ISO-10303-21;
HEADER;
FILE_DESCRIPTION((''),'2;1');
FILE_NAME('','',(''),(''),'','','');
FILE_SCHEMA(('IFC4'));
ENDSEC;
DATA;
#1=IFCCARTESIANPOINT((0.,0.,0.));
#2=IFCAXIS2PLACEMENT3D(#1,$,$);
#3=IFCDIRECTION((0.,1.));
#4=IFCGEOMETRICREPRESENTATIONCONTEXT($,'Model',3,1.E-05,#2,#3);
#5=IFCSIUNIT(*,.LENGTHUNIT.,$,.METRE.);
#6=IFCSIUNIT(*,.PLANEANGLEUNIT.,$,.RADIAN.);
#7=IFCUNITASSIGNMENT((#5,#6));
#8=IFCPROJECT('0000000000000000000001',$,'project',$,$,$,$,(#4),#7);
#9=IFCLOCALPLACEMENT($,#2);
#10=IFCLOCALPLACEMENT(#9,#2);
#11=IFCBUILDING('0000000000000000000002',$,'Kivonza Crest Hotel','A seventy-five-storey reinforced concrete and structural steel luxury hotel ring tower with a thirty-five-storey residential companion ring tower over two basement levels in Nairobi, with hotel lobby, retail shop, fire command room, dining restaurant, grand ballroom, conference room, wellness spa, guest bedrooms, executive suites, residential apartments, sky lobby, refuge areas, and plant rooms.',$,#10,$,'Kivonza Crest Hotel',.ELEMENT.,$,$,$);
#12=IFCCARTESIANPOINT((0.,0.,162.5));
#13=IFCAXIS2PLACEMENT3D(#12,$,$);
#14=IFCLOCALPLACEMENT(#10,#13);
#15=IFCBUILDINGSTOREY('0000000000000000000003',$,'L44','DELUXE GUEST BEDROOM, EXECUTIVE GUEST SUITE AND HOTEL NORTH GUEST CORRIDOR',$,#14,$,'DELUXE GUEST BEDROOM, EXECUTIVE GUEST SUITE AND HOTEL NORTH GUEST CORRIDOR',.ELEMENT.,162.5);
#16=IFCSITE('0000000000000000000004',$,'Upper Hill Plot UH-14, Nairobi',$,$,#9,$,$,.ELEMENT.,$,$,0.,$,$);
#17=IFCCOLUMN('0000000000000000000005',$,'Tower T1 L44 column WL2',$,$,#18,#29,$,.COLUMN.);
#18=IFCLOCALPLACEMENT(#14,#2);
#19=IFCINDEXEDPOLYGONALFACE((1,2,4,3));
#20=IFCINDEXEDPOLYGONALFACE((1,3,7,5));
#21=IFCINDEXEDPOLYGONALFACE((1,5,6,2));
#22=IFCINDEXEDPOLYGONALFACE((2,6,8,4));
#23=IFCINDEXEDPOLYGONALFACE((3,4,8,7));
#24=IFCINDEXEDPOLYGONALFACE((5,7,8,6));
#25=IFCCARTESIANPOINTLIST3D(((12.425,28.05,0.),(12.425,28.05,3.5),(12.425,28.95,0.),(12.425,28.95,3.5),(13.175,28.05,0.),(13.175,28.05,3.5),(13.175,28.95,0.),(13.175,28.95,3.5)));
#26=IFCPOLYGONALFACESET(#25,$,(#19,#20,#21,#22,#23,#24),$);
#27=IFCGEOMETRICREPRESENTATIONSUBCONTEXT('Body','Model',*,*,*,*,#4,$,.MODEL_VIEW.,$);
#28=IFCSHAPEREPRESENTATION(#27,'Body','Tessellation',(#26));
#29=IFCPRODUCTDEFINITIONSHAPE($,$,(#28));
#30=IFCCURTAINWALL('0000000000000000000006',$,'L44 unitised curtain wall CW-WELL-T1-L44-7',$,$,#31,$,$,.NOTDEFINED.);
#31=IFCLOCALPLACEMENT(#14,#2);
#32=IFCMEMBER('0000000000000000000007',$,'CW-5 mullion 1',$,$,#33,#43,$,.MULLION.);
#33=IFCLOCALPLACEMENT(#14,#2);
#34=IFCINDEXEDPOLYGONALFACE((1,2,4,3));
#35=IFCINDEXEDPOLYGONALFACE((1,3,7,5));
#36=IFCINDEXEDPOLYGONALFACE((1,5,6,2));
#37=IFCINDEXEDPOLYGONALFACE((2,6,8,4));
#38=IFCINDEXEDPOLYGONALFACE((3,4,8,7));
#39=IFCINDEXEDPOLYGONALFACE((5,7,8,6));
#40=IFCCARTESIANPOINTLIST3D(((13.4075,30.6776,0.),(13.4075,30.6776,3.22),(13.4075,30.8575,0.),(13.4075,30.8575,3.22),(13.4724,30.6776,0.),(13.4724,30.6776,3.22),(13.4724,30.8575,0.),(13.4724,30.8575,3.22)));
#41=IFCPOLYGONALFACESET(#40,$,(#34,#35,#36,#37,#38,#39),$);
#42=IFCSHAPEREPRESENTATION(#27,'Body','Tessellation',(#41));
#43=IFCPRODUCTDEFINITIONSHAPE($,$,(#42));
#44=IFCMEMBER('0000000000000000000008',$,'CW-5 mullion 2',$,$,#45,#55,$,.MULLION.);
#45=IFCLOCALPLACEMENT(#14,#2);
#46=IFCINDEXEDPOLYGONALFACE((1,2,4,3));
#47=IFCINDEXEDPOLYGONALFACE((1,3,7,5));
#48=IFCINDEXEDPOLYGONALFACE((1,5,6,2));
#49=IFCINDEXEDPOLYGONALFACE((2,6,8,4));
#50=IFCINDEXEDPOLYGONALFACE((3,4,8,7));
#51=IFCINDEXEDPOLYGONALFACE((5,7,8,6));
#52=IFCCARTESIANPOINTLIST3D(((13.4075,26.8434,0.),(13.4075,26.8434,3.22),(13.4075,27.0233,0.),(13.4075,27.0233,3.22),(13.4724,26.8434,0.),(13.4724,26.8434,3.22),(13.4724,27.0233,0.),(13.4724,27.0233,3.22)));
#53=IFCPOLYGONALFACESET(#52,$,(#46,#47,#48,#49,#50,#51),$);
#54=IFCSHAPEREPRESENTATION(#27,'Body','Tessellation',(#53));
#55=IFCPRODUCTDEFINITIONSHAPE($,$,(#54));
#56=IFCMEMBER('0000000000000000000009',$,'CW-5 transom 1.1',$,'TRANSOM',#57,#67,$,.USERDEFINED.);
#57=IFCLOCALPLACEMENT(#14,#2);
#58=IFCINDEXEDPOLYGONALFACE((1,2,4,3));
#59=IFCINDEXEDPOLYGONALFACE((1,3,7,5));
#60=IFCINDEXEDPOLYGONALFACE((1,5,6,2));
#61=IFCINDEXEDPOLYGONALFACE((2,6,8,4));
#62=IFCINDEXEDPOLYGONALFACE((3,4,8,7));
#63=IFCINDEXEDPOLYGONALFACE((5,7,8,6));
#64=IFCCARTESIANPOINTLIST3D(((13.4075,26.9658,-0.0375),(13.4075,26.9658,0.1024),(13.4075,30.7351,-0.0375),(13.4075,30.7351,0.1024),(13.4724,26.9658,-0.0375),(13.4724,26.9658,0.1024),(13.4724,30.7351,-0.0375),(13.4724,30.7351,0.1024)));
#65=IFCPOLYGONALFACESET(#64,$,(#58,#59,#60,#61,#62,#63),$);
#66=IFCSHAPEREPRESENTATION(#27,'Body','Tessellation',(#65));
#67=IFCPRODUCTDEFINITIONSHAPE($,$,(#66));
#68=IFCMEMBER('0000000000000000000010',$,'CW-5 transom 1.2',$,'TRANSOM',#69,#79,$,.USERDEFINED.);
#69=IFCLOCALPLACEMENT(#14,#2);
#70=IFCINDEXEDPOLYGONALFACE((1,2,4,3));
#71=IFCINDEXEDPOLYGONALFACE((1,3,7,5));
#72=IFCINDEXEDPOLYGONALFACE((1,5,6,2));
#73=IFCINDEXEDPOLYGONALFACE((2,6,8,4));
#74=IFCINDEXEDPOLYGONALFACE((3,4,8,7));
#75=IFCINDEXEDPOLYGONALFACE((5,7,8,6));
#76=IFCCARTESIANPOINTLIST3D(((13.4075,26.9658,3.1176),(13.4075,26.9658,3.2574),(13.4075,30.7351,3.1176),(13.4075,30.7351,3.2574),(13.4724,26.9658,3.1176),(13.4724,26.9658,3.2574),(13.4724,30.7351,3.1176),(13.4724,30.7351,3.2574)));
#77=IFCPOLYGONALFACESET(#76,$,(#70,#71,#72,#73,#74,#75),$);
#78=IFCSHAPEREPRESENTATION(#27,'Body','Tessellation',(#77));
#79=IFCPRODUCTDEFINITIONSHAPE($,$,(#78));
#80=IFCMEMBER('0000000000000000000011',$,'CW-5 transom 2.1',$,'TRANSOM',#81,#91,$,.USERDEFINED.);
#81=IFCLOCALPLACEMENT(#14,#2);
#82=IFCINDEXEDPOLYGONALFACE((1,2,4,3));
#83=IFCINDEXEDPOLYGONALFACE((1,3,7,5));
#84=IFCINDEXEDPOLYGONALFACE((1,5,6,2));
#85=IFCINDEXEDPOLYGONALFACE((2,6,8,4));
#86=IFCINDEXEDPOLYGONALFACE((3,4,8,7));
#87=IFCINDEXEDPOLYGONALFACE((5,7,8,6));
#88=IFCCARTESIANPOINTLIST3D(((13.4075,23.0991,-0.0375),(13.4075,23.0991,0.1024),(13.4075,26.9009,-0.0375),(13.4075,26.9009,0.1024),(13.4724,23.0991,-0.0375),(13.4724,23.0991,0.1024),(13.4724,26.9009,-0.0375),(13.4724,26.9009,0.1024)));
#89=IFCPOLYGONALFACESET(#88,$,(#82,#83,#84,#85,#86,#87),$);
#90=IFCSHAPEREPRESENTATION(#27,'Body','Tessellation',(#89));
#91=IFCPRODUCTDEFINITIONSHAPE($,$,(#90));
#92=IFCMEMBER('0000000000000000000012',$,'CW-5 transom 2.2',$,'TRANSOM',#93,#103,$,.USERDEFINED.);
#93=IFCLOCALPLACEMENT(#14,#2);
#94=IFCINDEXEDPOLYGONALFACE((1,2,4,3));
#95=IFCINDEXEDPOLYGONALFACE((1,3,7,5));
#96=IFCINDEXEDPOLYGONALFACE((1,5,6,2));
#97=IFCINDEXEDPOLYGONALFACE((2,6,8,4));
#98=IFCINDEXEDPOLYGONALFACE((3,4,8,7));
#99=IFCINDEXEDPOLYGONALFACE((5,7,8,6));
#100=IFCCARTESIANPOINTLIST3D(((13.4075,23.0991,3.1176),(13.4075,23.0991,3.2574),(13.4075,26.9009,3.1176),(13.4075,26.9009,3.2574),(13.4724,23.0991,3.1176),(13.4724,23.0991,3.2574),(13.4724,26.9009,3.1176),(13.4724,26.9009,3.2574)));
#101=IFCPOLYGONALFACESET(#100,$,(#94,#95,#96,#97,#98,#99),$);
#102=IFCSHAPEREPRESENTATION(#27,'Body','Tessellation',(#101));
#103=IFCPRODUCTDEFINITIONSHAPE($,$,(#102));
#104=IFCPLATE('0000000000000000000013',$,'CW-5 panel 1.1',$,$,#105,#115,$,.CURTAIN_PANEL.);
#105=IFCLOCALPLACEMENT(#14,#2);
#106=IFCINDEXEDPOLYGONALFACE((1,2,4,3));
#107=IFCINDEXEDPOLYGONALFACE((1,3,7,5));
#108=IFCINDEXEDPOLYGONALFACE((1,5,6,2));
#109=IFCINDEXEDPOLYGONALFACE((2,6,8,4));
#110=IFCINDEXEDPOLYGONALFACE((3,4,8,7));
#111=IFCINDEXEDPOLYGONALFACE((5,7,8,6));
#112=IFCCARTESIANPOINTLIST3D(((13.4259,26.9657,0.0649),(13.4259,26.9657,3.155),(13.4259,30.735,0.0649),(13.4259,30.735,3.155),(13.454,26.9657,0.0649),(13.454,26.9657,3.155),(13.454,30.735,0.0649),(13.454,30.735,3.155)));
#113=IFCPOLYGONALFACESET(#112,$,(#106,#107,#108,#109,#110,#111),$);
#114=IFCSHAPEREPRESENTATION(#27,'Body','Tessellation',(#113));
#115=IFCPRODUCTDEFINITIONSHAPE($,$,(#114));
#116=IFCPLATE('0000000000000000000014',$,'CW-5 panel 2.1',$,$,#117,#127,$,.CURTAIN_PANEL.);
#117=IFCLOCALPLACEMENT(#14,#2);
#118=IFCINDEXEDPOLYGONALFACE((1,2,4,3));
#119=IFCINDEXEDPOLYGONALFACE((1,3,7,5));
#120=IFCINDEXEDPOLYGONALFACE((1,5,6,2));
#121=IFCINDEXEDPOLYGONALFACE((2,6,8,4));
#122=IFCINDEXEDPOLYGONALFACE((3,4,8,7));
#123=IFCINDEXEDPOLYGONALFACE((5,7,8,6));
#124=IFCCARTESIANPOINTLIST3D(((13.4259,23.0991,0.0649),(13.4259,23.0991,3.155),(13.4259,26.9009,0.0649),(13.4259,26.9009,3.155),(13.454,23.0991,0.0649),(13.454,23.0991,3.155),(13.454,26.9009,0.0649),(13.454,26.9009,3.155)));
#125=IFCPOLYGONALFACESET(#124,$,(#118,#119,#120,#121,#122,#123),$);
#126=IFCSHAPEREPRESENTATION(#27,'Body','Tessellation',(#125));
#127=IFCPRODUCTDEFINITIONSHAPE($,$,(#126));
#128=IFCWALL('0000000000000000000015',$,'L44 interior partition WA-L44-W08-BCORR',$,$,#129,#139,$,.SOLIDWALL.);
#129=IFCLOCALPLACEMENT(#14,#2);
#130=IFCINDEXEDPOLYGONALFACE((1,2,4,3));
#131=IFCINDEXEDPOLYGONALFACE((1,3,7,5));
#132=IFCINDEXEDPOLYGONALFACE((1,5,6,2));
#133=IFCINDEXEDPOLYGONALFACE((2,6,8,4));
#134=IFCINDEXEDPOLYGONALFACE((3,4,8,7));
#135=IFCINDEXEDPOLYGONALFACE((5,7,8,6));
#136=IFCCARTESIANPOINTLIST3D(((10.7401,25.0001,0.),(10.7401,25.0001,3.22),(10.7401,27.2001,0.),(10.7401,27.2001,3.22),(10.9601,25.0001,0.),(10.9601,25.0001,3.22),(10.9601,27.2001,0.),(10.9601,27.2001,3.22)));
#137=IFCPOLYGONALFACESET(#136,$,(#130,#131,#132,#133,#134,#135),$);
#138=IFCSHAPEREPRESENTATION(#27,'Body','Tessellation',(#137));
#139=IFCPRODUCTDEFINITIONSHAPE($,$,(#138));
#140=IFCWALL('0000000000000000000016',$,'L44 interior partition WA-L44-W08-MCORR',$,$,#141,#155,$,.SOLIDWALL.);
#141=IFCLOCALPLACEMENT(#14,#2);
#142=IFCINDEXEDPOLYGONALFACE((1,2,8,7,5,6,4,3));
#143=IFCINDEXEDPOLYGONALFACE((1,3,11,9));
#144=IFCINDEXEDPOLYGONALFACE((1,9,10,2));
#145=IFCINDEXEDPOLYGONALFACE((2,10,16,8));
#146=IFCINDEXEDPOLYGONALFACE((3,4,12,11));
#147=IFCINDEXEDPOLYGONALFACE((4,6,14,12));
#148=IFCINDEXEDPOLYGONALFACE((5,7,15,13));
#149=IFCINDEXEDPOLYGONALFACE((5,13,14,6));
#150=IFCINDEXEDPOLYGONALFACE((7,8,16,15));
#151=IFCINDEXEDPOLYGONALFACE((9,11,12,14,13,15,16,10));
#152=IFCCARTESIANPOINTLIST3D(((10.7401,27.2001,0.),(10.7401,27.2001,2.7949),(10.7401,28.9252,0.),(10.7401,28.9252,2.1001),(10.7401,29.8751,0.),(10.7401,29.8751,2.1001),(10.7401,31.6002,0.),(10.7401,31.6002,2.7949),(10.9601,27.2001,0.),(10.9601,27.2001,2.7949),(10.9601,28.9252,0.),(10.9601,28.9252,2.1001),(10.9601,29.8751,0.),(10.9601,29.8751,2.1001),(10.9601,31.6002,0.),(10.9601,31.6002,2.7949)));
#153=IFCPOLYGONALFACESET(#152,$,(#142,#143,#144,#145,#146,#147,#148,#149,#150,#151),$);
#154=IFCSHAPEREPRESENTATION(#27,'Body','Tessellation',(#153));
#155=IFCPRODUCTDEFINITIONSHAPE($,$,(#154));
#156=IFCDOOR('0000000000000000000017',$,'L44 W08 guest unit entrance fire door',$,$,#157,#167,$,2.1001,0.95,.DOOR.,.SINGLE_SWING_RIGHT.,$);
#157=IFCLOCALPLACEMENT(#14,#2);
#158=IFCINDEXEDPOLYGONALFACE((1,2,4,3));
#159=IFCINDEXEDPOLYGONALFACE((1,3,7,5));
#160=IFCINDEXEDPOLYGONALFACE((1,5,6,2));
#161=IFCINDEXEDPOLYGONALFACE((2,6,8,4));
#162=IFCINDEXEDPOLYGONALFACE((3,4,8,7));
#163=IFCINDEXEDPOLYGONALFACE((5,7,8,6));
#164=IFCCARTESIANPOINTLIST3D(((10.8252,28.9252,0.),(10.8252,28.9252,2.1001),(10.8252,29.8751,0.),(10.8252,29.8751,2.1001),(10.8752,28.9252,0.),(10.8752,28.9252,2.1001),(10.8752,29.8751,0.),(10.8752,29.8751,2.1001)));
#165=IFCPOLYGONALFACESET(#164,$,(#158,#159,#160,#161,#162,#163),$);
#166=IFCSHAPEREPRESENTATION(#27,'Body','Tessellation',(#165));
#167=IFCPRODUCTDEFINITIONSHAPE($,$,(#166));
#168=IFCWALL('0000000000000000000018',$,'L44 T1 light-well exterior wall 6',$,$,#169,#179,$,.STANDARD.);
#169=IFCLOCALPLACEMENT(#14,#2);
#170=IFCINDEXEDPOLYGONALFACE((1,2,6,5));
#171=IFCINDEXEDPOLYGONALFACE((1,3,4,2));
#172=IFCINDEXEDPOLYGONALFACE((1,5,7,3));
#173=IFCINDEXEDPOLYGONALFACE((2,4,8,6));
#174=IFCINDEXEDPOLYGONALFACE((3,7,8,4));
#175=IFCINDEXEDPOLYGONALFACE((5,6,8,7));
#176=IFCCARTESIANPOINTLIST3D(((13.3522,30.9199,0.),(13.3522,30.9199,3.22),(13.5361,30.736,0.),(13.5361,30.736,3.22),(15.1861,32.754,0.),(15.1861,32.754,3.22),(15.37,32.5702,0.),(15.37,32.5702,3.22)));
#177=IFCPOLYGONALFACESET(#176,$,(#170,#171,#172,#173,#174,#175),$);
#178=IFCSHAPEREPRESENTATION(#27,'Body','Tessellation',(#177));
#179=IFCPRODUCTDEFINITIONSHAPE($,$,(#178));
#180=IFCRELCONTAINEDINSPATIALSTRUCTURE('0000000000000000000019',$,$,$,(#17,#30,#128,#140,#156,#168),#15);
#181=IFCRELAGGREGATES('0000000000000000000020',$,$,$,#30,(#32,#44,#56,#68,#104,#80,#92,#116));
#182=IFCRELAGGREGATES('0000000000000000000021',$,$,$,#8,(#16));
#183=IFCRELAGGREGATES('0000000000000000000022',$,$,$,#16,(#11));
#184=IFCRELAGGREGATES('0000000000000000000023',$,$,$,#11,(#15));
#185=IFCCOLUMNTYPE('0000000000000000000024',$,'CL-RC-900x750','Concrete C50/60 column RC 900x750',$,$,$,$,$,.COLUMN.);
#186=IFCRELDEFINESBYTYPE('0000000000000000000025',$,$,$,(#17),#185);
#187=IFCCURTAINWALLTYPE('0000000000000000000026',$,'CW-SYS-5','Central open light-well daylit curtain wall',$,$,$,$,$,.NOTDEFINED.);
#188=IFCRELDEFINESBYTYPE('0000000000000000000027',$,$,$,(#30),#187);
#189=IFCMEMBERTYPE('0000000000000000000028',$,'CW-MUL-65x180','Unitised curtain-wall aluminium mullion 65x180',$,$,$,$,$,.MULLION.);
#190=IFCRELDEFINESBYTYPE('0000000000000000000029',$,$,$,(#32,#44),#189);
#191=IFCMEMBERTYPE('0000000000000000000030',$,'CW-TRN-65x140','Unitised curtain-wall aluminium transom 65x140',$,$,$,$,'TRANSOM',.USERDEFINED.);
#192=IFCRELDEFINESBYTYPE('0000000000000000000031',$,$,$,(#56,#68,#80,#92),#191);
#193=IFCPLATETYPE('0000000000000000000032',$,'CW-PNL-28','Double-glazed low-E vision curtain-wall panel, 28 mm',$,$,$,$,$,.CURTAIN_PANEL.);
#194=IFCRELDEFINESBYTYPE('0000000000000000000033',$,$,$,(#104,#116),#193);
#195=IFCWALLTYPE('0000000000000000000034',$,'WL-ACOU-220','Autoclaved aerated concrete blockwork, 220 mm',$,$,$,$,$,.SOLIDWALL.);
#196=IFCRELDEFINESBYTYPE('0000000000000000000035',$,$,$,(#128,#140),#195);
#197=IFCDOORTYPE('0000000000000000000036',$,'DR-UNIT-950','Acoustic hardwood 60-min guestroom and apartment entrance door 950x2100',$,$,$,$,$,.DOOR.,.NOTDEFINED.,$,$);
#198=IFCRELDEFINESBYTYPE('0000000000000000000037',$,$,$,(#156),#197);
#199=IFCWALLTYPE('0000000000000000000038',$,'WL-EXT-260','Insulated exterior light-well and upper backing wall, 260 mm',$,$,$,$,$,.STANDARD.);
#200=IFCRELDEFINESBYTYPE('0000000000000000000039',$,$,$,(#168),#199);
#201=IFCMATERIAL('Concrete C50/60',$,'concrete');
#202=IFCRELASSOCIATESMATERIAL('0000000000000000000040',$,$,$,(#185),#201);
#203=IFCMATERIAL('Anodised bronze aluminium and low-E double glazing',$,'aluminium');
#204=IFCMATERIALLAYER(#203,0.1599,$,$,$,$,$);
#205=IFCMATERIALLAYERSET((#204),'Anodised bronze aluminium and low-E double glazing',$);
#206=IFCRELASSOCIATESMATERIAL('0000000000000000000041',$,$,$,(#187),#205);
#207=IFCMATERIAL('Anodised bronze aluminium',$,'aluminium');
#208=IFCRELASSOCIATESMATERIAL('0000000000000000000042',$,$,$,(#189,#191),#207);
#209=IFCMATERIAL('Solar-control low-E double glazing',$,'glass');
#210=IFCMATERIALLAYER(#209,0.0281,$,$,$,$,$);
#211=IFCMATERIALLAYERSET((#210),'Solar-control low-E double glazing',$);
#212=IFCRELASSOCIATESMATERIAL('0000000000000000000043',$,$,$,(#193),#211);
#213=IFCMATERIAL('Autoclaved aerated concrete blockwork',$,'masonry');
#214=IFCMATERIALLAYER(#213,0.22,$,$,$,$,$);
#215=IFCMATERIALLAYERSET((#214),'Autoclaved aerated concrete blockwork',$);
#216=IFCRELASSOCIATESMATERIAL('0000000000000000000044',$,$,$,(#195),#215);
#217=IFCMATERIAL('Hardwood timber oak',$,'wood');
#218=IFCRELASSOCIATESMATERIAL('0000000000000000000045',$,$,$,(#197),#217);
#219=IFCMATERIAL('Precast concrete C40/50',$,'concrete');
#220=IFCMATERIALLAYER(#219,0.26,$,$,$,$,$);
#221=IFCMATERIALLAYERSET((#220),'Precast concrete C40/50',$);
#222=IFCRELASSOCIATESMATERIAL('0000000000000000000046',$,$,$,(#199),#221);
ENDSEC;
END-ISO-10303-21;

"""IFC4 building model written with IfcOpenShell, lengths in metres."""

from ifc_helpers import new_model, si_unit, direction, frame, frame_2d, origin, origin_2d, place, context, subcontext, project, spatial, rectangle, extrude, material, layer, layer_set, material_profile, profile_set, type_object, element, fill, aggregate, save


model = new_model("IFC4")

# Units and contexts
model_context = context("Model", 3, precision=1e-05, world=origin(), true_north=direction((0.0, 1.0)))
body_context = subcontext(model_context, "Body", "Model", "MODEL_VIEW")
ifc_project = project(units=[si_unit("LENGTHUNIT", "METRE"), si_unit("PLANEANGLEUNIT", "RADIAN")], contexts=[model_context])

# Site, building, storey
site_placement = place(None, origin())
site = spatial("IfcSite", under=ifc_project, at=site_placement, Name="Upper Hill Plot UH-14, Nairobi", CompositionType="ELEMENT", RefElevation=0.0)
building_placement = place(site_placement, origin())
building = spatial("IfcBuilding", under=site, at=building_placement, Name="Kivonza Crest Hotel", Description="A seventy-five-storey reinforced concrete and structural steel luxury hotel ring tower with a thirty-five-storey residential companion ring tower over two basement levels in Nairobi, with hotel lobby, retail shop, fire command room, dining restaurant, grand ballroom, conference room, wellness spa, guest bedrooms, executive suites, residential apartments, sky lobby, refuge areas, and plant rooms.", LongName="Kivonza Crest Hotel", CompositionType="ELEMENT")
storey_placement = place(building_placement, frame((0.0, 0.0, 162.5)))
storey = spatial("IfcBuildingStorey", under=building, at=storey_placement, Name="L44", Description="DELUXE GUEST BEDROOM, EXECUTIVE GUEST SUITE AND HOTEL NORTH GUEST CORRIDOR", LongName="DELUXE GUEST BEDROOM, EXECUTIVE GUEST SUITE AND HOTEL NORTH GUEST CORRIDOR", CompositionType="ELEMENT", Elevation=162.5)

# Column
ifc_material_1 = material(Name="Concrete C50/60", Category="concrete")
ifc_material_profile_1 = material_profile(ifc_material_1, rectangle(XDim=0.75, YDim=0.8999, at=origin_2d()), Name="RC 900x750")
ifc_profile_set_1 = profile_set([ifc_material_profile_1], Name="Concrete C50/60")
column_type = type_object("IfcColumnType", Name="CL-RC-900x750", Description="Concrete C50/60 column RC 900x750", PredefinedType="COLUMN", material=ifc_profile_set_1)
column_placement = place(storey_placement, frame((12.8, 28.5, 0.0), z_axis=(0.0, 0.0, 1.0), x_axis=(1.0, 0.0, 0.0)))
element("IfcColumn", 1, at=column_placement, inside=storey, type_object=column_type, Name="Tower T1 L44 column WL2", PredefinedType="COLUMN", context=body_context, shape_type="SweptSolid", body=[
    extrude(rectangle(XDim=0.75, YDim=0.8999, at=origin_2d()), origin(), (0.0, 0.0, 1.0), 3.5),
])

# Curtain wall, members, plates
ifc_material_2 = material(Name="Anodised bronze aluminium and low-E double glazing", Category="aluminium")
ifc_layer_1 = layer(ifc_material_2, 0.1599)
ifc_layer_set_1 = layer_set([ifc_layer_1], Name="Anodised bronze aluminium and low-E double glazing")
curtain_wall_type = type_object("IfcCurtainWallType", Name="CW-SYS-5", Description="Central open light-well daylit curtain wall", PredefinedType="NOTDEFINED", material=ifc_layer_set_1)
curtain_wall_placement = place(storey_placement, origin())
curtain_wall = element("IfcCurtainWall", 2, at=curtain_wall_placement, inside=storey, type_object=curtain_wall_type, Name="L44 unitised curtain wall CW-WELL-T1-L44-7", PredefinedType="NOTDEFINED")
ifc_material_3 = material(Name="Anodised bronze aluminium", Category="aluminium")
ifc_material_profile_2 = material_profile(ifc_material_3, rectangle(XDim=0.0649, YDim=0.1799, at=origin_2d()), Name="CW-M 65x180")
ifc_profile_set_2 = profile_set([ifc_material_profile_2], Name="Anodised bronze aluminium")
member_type_1 = type_object("IfcMemberType", Name="CW-MUL-65x180", Description="Unitised curtain-wall aluminium mullion 65x180", PredefinedType="MULLION", material=ifc_profile_set_2)
member_1_placement = place(storey_placement, frame((13.4399, 30.7676, 0.0), z_axis=(0.0, 0.0, 1.0), x_axis=(1.0, 0.0, 0.0)))
member_1 = element("IfcMember", 3, at=member_1_placement, type_object=member_type_1, Name="CW-5 mullion 1", PredefinedType="MULLION", context=body_context, shape_type="SweptSolid", body=[
    extrude(rectangle(XDim=0.0649, YDim=0.1799, at=origin_2d()), origin(), (0.0, 0.0, 1.0), 3.22),
])
member_2_placement = place(storey_placement, frame((13.4399, 26.9333, 0.0), z_axis=(0.0, 0.0, 1.0), x_axis=(1.0, 0.0, 0.0)))
member_2 = element("IfcMember", 4, at=member_2_placement, type_object=member_type_1, Name="CW-5 mullion 2", PredefinedType="MULLION", context=body_context, shape_type="SweptSolid", body=[
    extrude(rectangle(XDim=0.0649, YDim=0.1799, at=origin_2d()), origin(), (0.0, 0.0, 1.0), 3.22),
])
ifc_material_profile_3 = material_profile(ifc_material_3, rectangle(XDim=0.0649, YDim=0.1399, at=origin_2d()), Name="CW-T 65x140")
ifc_profile_set_3 = profile_set([ifc_material_profile_3], Name="Anodised bronze aluminium")
member_type_2 = type_object("IfcMemberType", Name="CW-TRN-65x140", Description="Unitised curtain-wall aluminium transom 65x140", ElementType="TRANSOM", PredefinedType="USERDEFINED", material=ifc_profile_set_3)
member_3_placement = place(storey_placement, frame((13.4399, 30.7351, 0.0325), z_axis=(0.0, -1.0, 0.0), x_axis=(1.0, 0.0, 0.0)))
member_3 = element("IfcMember", 5, at=member_3_placement, type_object=member_type_2, Name="CW-5 transom 1.1", ObjectType="TRANSOM", PredefinedType="USERDEFINED", context=body_context, shape_type="SweptSolid", body=[
    extrude(rectangle(XDim=0.0649, YDim=0.1399, at=origin_2d()), origin(), (0.0, 0.0, 1.0), 3.7693),
])
member_4_placement = place(storey_placement, frame((13.4399, 30.7351, 3.1875), z_axis=(0.0, -1.0, 0.0), x_axis=(1.0, 0.0, 0.0)))
member_4 = element("IfcMember", 6, at=member_4_placement, type_object=member_type_2, Name="CW-5 transom 1.2", ObjectType="TRANSOM", PredefinedType="USERDEFINED", context=body_context, shape_type="SweptSolid", body=[
    extrude(rectangle(XDim=0.0649, YDim=0.1399, at=origin_2d()), origin(), (0.0, 0.0, 1.0), 3.7693),
])
member_5_placement = place(storey_placement, frame((13.4399, 26.9009, 0.0325), z_axis=(0.0, -1.0, 0.0), x_axis=(1.0, 0.0, 0.0)))
member_5 = element("IfcMember", 7, at=member_5_placement, type_object=member_type_2, Name="CW-5 transom 2.1", ObjectType="TRANSOM", PredefinedType="USERDEFINED", context=body_context, shape_type="SweptSolid", body=[
    extrude(rectangle(XDim=0.0649, YDim=0.1399, at=origin_2d()), origin(), (0.0, 0.0, 1.0), 3.8018),
])
member_6_placement = place(storey_placement, frame((13.4399, 26.9009, 3.1875), z_axis=(0.0, -1.0, 0.0), x_axis=(1.0, 0.0, 0.0)))
member_6 = element("IfcMember", 8, at=member_6_placement, type_object=member_type_2, Name="CW-5 transom 2.2", ObjectType="TRANSOM", PredefinedType="USERDEFINED", context=body_context, shape_type="SweptSolid", body=[
    extrude(rectangle(XDim=0.0649, YDim=0.1399, at=origin_2d()), origin(), (0.0, 0.0, 1.0), 3.8018),
])
ifc_material_4 = material(Name="Solar-control low-E double glazing", Category="glass")
ifc_layer_2 = layer(ifc_material_4, 0.0281)
ifc_layer_set_2 = layer_set([ifc_layer_2], Name="Solar-control low-E double glazing")
plate_type = type_object("IfcPlateType", Name="CW-PNL-28", Description="Double-glazed low-E vision curtain-wall panel, 28 mm", PredefinedType="CURTAIN_PANEL", material=ifc_layer_set_2)
plate_1_placement = place(storey_placement, frame((13.4399, 28.8503, 0.0649), z_axis=(0.0, 0.0, 1.0), x_axis=(0.0, -1.0, 0.0)))
plate_1 = element("IfcPlate", 9, at=plate_1_placement, type_object=plate_type, Name="CW-5 panel 1.1", PredefinedType="CURTAIN_PANEL", context=body_context, shape_type="SweptSolid", body=[
    extrude(rectangle(XDim=3.7693, YDim=0.0281, at=origin_2d()), origin(), (0.0, 0.0, 1.0), 3.0901),
])
plate_2_placement = place(storey_placement, frame((13.4399, 25.0, 0.0649), z_axis=(0.0, 0.0, 1.0), x_axis=(0.0, -1.0, 0.0)))
plate_2 = element("IfcPlate", 10, at=plate_2_placement, type_object=plate_type, Name="CW-5 panel 2.1", PredefinedType="CURTAIN_PANEL", context=body_context, shape_type="SweptSolid", body=[
    extrude(rectangle(XDim=3.8018, YDim=0.0281, at=origin_2d()), origin(), (0.0, 0.0, 1.0), 3.0901),
])
aggregate(curtain_wall, [member_1, member_2, member_3, member_4, plate_1, member_5, member_6, plate_2])

# Wall
ifc_material_5 = material(Name="Autoclaved aerated concrete blockwork", Category="masonry")
ifc_layer_3 = layer(ifc_material_5, 0.22)
ifc_layer_set_3 = layer_set([ifc_layer_3], Name="Autoclaved aerated concrete blockwork")
wall_type_1 = type_object("IfcWallType", Name="WL-ACOU-220", Description="Autoclaved aerated concrete blockwork, 220 mm", PredefinedType="SOLIDWALL", material=ifc_layer_set_3)
wall_1_placement = place(storey_placement, frame((10.8501, 25.0, 0.0), z_axis=(0.0, 0.0, 1.0), x_axis=(0.0, 1.0, 0.0)))
element("IfcWall", 11, at=wall_1_placement, inside=storey, type_object=wall_type_1, Name="L44 interior partition WA-L44-W08-BCORR", PredefinedType="SOLIDWALL", context=body_context, shape_type="SweptSolid", body=[
    extrude(rectangle(XDim=2.2, YDim=0.22, at=frame_2d((1.1001, 0.0))), origin(), (0.0, 0.0, 1.0), 3.22),
])

# Wall, opening, door
wall_2_placement = place(storey_placement, frame((10.8501, 27.2, 0.0), z_axis=(0.0, 0.0, 1.0), x_axis=(0.0, 1.0, 0.0)))
wall_2 = element("IfcWall", 12, at=wall_2_placement, inside=storey, type_object=wall_type_1, Name="L44 interior partition WA-L44-W08-MCORR", PredefinedType="SOLIDWALL", context=body_context, shape_type="SweptSolid", body=[
    extrude(rectangle(XDim=4.4001, YDim=0.22, at=frame_2d((2.2002, 0.0))), origin(), (0.0, 0.0, 1.0), 2.7949),
])
opening_1_placement = place(wall_2_placement, frame((1.7251, 0.0, 0.0)))
opening_1 = element("IfcOpeningElement", 13, at=opening_1_placement, cuts=wall_2, PredefinedType="OPENING", context=body_context, shape_type="SweptSolid", body=[
    extrude(rectangle(XDim=0.95, YDim=2.1001, at=frame_2d((0.4751, 1.05))), frame((0.0, 0.1201, 0.0), z_axis=(0.0, -1.0, 0.0), x_axis=(1.0, 0.0, 0.0)), (0.0, 0.0, 1.0), 0.24),
])
ifc_material_6 = material(Name="Hardwood timber oak", Category="wood")
door_type_1 = type_object("IfcDoorType", Name="DR-UNIT-950", Description="Acoustic hardwood 60-min guestroom and apartment entrance door 950x2100", OperationType="NOTDEFINED", PredefinedType="DOOR", material=ifc_material_6)
door_1_placement = place(opening_1_placement, origin())
door_1 = element("IfcDoor", 14, at=door_1_placement, inside=storey, type_object=door_type_1, Name="L44 W08 guest unit entrance fire door", OperationType="SINGLE_SWING_RIGHT", OverallHeight=2.1001, OverallWidth=0.95, PredefinedType="DOOR", context=body_context, shape_type="SweptSolid", body=[
    extrude(rectangle(XDim=0.95, YDim=2.1001, at=frame_2d((0.4751, 1.05))), frame((0.0, 0.0249, 0.0), z_axis=(0.0, -1.0, 0.0), x_axis=(1.0, 0.0, 0.0)), (0.0, 0.0, 1.0), 0.05),
])
fill(opening_1, door_1)

# Wall
ifc_material_7 = material(Name="Precast concrete C40/50", Category="concrete")
ifc_layer_4 = layer(ifc_material_7, 0.26)
ifc_layer_set_4 = layer_set([ifc_layer_4], Name="Precast concrete C40/50")
wall_type_2 = type_object("IfcWallType", Name="WL-EXT-260", Description="Insulated exterior light-well and upper backing wall, 260 mm", PredefinedType="STANDARD", material=ifc_layer_set_4)
wall_3_placement = place(storey_placement, frame((15.2781, 32.6621, 0.0), z_axis=(0.0, 0.0, 1.0), x_axis=(-0.70706, -0.707154, 0.0)))
element("IfcWall", 15, at=wall_3_placement, inside=storey, type_object=wall_type_2, Name="L44 T1 light-well exterior wall 6", PredefinedType="STANDARD", context=body_context, shape_type="SweptSolid", body=[
    extrude(rectangle(XDim=2.5938, YDim=0.26, at=frame_2d((1.2969, 0.0))), origin(), (0.0, 0.0, 1.0), 3.22),
])

save(model, "model.ifc")
